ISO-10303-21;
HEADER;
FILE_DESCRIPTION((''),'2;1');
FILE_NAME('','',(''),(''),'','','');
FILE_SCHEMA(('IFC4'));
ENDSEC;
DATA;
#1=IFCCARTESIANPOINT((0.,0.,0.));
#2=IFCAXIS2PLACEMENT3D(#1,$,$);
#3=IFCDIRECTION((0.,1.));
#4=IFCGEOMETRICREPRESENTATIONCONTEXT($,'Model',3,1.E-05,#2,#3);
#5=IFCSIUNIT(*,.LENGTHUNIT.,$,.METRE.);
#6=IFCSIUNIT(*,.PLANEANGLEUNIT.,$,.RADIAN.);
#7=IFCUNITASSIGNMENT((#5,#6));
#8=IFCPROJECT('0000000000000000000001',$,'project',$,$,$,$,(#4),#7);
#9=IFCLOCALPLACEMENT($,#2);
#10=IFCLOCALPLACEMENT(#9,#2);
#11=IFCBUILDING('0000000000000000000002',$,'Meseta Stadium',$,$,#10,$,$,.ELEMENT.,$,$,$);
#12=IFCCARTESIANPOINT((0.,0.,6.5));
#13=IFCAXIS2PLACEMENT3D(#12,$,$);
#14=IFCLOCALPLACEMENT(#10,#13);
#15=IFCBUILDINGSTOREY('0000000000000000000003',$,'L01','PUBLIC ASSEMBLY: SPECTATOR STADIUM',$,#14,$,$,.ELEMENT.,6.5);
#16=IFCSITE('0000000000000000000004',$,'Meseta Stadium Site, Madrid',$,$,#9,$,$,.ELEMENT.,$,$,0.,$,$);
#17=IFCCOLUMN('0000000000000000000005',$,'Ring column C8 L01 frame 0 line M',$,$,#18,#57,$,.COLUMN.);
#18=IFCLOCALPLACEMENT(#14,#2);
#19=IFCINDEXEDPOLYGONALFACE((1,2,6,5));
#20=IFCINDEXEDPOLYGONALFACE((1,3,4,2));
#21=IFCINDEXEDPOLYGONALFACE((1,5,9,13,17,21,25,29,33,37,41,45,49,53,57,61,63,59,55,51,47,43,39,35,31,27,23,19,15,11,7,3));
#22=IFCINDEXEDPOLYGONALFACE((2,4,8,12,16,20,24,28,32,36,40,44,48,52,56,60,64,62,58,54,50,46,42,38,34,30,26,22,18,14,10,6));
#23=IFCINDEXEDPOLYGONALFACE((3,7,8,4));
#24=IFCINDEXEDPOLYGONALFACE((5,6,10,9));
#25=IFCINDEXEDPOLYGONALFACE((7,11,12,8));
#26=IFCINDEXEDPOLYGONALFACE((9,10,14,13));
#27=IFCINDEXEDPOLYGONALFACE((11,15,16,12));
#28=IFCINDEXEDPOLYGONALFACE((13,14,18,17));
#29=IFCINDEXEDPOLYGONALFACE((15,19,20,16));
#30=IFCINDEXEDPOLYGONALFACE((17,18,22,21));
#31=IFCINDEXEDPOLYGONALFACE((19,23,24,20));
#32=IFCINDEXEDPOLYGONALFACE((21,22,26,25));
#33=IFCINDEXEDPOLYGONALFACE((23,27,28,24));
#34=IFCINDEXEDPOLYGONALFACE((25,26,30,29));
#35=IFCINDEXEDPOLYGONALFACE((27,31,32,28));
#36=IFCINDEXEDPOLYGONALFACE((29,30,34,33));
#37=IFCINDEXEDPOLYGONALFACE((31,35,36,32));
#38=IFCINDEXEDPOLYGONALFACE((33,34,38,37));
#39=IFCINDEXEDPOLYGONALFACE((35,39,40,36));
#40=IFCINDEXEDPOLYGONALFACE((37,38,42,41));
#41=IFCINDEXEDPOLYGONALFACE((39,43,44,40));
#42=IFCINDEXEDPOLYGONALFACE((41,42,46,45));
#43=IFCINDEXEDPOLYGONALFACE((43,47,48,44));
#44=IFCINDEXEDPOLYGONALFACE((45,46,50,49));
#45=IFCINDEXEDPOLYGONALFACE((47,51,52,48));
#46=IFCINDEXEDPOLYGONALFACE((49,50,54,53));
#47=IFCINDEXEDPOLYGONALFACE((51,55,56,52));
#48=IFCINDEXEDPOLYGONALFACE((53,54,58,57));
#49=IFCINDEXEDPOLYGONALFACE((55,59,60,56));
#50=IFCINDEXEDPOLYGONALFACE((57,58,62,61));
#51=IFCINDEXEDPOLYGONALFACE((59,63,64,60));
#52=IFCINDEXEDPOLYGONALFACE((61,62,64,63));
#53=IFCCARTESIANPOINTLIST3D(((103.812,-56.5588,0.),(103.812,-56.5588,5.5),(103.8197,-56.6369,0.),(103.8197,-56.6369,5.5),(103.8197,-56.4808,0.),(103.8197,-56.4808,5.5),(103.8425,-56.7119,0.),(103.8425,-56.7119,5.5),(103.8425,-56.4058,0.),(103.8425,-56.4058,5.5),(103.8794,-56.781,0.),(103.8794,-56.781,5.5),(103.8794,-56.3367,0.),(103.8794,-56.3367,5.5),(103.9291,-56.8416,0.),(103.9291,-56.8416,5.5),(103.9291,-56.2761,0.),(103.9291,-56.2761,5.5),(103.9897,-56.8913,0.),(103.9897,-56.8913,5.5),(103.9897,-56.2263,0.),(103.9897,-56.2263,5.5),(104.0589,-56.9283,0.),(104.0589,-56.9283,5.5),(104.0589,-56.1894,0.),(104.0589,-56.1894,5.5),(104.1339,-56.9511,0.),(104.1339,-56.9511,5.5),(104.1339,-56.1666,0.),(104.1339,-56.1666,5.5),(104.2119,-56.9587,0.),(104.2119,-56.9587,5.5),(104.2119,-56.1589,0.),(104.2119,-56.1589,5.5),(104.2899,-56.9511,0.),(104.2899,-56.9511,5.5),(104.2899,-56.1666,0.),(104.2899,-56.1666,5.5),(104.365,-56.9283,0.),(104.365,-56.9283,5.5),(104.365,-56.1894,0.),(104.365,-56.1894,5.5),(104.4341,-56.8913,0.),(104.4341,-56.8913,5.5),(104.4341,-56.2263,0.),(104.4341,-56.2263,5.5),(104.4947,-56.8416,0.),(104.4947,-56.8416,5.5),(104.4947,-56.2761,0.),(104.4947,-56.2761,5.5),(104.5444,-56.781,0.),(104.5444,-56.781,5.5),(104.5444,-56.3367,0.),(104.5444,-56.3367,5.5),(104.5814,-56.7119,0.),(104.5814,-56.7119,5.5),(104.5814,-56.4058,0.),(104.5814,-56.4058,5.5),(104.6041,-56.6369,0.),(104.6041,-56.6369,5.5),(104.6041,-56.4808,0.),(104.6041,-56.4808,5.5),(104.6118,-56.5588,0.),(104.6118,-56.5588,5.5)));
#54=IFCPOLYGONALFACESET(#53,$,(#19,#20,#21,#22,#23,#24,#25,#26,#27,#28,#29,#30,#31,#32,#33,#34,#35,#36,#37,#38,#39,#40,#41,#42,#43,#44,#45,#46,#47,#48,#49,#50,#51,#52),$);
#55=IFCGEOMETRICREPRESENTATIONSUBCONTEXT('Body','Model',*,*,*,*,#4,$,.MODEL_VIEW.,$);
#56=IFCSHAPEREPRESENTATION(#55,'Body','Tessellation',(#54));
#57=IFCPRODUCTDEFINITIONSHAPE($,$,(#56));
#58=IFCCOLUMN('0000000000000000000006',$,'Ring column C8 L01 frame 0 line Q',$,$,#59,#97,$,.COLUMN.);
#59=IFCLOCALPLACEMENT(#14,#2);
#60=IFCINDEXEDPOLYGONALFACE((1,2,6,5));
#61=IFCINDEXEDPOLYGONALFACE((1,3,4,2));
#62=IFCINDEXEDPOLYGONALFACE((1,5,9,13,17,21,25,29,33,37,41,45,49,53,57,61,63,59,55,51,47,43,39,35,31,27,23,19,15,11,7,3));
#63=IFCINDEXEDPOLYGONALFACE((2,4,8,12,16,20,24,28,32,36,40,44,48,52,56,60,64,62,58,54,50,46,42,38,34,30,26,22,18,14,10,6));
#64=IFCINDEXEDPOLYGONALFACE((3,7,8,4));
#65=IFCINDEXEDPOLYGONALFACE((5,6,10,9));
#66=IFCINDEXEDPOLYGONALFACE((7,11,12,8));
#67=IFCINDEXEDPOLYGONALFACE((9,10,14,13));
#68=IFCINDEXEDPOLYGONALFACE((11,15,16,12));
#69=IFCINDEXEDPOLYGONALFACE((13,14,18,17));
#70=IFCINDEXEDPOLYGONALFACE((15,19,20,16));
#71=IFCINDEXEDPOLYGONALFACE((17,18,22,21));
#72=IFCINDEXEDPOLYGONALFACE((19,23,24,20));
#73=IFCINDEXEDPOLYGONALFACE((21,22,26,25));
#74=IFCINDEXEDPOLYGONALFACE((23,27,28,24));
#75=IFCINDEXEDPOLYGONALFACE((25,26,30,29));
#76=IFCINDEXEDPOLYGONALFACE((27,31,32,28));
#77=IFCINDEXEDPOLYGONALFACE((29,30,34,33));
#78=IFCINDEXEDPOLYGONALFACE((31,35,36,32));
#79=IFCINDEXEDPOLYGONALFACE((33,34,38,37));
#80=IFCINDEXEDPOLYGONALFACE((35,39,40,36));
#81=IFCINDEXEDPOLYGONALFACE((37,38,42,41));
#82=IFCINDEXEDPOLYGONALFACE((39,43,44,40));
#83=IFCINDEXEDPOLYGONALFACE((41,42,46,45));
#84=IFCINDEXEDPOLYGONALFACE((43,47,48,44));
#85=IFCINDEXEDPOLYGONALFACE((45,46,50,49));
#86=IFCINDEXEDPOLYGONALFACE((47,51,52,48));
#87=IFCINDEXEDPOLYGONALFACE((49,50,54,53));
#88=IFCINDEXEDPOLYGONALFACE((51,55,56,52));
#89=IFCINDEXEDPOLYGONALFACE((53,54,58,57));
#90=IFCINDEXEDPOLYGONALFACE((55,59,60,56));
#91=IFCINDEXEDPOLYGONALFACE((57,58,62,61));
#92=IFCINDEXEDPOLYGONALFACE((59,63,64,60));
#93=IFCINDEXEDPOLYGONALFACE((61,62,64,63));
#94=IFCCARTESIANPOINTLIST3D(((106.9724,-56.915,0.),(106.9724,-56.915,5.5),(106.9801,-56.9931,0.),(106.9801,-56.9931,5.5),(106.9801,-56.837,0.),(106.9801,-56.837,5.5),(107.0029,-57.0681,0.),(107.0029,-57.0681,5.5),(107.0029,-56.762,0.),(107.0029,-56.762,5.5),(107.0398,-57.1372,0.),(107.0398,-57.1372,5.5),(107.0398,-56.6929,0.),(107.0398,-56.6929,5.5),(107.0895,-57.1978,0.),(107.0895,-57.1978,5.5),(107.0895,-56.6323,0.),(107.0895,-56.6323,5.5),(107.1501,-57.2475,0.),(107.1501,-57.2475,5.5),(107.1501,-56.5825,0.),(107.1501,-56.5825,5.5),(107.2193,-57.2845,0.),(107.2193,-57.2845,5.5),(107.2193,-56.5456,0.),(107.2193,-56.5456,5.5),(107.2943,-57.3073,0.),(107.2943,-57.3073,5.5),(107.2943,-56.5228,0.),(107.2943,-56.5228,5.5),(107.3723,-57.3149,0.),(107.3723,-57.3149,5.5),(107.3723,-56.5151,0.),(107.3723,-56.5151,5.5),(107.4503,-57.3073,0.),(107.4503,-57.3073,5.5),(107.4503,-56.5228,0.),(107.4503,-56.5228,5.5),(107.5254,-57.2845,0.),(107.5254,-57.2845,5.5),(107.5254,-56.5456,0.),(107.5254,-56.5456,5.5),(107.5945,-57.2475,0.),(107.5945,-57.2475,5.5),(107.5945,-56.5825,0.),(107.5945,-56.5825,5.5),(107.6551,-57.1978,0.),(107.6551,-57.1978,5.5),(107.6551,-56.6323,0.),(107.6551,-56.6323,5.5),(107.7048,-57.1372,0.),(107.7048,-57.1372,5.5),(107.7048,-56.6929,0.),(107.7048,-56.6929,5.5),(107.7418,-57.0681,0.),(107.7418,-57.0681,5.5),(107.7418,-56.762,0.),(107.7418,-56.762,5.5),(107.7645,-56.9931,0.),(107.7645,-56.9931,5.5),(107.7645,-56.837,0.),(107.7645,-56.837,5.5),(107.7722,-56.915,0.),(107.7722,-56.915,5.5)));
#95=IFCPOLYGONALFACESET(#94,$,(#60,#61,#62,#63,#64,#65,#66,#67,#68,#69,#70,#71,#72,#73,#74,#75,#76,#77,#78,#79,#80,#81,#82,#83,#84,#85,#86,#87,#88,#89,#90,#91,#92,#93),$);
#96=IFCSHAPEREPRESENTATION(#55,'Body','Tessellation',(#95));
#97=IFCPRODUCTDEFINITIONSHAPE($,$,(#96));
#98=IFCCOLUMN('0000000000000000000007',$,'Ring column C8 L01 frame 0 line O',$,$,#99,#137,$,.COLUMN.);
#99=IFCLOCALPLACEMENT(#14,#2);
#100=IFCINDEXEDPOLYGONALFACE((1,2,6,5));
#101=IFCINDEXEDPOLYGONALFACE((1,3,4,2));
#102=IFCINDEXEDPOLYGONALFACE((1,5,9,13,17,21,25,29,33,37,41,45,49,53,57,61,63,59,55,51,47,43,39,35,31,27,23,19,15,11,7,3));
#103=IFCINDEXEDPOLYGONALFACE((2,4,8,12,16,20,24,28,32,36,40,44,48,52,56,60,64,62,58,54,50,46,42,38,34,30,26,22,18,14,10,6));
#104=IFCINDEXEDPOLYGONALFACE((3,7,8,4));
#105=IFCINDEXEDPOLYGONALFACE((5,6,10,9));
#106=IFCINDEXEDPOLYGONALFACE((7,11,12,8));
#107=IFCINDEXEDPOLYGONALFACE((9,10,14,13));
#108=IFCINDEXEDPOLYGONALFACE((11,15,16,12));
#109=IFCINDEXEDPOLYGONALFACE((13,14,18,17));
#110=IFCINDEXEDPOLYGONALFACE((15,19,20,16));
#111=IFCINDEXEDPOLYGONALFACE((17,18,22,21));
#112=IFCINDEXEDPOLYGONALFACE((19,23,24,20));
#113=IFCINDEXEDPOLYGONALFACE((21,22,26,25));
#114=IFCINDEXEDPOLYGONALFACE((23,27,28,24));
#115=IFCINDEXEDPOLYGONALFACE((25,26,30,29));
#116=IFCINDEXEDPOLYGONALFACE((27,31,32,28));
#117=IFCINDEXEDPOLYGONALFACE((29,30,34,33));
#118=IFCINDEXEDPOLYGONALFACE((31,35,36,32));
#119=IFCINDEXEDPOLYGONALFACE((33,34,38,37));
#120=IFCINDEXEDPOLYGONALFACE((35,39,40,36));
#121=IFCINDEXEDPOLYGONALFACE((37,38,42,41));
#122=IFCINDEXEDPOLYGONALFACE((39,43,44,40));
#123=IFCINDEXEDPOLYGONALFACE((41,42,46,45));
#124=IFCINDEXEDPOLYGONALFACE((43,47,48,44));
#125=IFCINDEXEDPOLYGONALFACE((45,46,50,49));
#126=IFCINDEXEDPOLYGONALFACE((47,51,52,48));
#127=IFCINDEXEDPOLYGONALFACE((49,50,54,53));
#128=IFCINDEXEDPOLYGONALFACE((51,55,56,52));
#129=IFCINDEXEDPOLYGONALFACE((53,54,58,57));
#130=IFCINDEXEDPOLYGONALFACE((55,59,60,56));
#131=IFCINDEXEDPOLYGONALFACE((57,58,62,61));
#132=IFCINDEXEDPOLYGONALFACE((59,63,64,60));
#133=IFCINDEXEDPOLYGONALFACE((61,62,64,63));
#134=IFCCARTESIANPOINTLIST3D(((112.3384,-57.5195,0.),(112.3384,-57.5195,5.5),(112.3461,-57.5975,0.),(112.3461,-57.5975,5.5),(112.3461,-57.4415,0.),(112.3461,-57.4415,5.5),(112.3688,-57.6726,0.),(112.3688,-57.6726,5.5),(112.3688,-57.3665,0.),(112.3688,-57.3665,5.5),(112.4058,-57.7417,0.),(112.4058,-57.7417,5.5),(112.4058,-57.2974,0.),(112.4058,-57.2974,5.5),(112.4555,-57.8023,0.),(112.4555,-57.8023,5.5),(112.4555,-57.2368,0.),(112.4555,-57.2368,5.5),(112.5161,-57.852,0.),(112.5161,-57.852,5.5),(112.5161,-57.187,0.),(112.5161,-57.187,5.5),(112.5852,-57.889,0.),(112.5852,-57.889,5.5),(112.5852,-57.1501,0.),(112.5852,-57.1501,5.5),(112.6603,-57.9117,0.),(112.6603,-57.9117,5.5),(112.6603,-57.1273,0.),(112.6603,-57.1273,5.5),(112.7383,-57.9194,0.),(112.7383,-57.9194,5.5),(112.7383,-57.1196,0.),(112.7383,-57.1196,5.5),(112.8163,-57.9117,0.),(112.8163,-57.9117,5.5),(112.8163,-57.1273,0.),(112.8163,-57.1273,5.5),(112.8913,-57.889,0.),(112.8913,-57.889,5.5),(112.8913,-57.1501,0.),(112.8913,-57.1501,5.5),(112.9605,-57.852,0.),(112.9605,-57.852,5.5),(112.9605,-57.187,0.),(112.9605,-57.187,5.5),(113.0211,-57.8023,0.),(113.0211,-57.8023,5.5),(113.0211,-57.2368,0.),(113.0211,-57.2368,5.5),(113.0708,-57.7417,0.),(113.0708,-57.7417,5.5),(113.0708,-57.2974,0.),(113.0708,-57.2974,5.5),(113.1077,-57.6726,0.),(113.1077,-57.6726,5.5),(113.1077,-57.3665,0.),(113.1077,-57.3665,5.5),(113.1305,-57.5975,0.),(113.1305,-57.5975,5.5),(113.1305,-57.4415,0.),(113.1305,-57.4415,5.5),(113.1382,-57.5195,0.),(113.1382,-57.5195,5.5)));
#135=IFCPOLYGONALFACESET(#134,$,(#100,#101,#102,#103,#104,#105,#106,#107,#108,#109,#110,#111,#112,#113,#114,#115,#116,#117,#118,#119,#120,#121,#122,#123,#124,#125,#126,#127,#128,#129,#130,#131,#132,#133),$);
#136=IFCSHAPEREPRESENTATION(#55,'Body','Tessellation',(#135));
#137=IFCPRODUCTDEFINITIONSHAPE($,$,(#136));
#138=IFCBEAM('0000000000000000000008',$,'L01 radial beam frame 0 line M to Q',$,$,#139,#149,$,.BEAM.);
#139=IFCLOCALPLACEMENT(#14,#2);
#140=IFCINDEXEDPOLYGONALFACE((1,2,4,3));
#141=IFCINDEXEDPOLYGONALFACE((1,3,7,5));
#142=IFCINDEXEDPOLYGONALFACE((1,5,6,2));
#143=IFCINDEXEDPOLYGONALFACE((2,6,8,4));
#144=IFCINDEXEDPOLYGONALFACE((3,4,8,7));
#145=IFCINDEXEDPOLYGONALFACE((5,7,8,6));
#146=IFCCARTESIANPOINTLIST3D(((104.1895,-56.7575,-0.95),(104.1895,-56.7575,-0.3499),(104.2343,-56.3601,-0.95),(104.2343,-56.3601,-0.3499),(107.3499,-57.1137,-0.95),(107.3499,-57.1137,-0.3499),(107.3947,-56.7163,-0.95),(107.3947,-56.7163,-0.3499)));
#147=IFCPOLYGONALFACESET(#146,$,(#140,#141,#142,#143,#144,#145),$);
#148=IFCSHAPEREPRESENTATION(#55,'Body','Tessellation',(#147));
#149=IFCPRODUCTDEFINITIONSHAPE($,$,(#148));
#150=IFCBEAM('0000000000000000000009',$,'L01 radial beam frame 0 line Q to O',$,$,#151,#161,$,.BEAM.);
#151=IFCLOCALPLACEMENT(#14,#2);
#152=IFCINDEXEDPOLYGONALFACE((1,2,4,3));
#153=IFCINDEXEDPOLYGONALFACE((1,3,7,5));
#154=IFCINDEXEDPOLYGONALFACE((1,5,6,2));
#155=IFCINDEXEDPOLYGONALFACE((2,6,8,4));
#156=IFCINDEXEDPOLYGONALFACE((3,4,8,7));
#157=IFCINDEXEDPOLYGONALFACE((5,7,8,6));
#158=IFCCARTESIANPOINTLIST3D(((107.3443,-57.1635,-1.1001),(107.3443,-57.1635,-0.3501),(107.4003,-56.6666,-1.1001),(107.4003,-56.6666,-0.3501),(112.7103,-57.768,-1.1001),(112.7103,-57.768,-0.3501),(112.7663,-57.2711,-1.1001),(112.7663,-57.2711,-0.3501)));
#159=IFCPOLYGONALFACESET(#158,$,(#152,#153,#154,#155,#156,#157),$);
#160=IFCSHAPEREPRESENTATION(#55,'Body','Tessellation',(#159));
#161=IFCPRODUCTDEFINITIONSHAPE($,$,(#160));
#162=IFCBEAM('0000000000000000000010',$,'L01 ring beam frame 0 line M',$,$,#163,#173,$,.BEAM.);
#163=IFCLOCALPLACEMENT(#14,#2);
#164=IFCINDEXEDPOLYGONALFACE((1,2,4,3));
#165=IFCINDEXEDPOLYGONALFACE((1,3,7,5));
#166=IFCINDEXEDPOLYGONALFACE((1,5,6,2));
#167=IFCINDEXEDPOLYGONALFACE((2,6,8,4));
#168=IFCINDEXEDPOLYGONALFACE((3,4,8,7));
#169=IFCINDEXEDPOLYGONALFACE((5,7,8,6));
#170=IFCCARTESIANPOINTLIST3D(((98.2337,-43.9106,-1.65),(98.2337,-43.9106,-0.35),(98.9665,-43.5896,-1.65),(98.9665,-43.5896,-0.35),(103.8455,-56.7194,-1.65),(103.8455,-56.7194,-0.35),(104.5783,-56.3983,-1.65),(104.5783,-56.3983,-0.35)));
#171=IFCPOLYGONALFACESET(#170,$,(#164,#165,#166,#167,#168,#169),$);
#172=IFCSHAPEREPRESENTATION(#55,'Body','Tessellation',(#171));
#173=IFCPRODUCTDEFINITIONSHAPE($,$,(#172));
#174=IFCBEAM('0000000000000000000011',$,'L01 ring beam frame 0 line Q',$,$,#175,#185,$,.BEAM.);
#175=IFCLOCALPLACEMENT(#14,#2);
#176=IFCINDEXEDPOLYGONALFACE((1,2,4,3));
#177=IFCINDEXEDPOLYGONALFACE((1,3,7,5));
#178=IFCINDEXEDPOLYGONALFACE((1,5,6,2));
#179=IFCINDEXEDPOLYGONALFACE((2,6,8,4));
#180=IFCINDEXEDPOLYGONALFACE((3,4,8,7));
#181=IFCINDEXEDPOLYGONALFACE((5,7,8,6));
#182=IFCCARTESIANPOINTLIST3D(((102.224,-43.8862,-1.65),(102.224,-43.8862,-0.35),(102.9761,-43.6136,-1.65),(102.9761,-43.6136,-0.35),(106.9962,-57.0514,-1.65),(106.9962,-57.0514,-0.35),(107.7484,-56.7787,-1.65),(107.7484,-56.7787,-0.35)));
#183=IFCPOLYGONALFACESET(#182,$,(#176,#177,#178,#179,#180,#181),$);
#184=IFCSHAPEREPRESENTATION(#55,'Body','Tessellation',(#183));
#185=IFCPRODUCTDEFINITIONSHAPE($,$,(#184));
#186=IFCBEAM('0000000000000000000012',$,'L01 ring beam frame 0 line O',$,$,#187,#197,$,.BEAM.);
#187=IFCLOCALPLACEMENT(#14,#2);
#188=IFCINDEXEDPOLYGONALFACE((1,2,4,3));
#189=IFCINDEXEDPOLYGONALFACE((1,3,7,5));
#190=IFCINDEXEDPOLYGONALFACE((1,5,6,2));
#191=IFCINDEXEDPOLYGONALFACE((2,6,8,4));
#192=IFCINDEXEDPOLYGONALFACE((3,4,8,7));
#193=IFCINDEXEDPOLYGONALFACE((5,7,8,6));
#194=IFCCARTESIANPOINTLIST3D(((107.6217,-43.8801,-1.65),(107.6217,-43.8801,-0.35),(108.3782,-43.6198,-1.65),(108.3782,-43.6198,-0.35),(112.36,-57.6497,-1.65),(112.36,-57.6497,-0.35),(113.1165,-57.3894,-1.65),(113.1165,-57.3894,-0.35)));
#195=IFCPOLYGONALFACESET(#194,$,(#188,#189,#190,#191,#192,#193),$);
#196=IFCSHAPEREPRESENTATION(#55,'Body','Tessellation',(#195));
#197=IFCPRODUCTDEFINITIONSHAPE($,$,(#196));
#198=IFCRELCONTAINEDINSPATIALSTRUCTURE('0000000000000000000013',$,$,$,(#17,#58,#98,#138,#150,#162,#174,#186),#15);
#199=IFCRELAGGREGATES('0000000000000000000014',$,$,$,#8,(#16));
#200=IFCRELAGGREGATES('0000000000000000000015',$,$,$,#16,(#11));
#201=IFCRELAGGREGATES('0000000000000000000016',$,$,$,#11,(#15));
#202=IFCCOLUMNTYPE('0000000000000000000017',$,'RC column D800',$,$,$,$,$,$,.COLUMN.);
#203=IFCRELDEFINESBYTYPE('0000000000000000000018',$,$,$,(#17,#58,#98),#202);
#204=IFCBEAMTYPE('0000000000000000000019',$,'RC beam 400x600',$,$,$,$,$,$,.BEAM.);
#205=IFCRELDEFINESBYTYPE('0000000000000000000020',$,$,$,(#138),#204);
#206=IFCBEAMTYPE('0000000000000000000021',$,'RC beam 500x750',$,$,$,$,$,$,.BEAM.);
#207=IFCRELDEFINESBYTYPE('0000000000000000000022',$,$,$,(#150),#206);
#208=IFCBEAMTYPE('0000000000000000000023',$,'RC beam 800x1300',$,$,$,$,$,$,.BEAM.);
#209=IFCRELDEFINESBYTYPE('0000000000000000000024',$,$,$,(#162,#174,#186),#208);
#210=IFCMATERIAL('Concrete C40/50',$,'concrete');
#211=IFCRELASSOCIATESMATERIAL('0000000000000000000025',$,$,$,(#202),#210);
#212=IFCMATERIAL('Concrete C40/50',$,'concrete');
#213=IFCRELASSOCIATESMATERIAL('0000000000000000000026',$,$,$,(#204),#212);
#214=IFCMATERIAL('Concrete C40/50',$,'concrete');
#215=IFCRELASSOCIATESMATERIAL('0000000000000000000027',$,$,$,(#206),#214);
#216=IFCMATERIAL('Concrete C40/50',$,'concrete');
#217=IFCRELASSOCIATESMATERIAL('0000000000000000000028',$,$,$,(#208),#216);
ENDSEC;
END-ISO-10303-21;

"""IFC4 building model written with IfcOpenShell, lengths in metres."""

from ifc_helpers import new_model, si_unit, direction, frame, origin, origin_2d, place, context, subcontext, project, spatial, rectangle, circle, extrude, material, material_profile, profile_set, type_object, element, save


model = new_model("IFC4")

# Units and contexts
model_context = context("Model", 3, precision=1e-05, world=origin(), true_north=direction((0.0, 1.0)))
body_context = subcontext(model_context, "Body", "Model", "MODEL_VIEW")
ifc_project = project(units=[si_unit("LENGTHUNIT", "METRE"), si_unit("PLANEANGLEUNIT", "RADIAN")], contexts=[model_context])

# Site, building, storey
site_placement = place(None, origin())
site = spatial("IfcSite", under=ifc_project, at=site_placement, Name="Meseta Stadium Site, Madrid", CompositionType="ELEMENT", RefElevation=0.0)
building_placement = place(site_placement, origin())
building = spatial("IfcBuilding", under=site, at=building_placement, Name="Meseta Stadium", CompositionType="ELEMENT")
storey_placement = place(building_placement, frame((0.0, 0.0, 6.5)))
storey = spatial("IfcBuildingStorey", under=building, at=storey_placement, Name="L01", Description="PUBLIC ASSEMBLY: SPECTATOR STADIUM", CompositionType="ELEMENT", Elevation=6.5)

# Columns
ifc_material_1 = material(Name="Concrete C40/50", Category="concrete")
ifc_material_profile_1 = material_profile(ifc_material_1, circle(Radius=0.3999, at=origin_2d()), Name="RC D800")
ifc_profile_set_1 = profile_set([ifc_material_profile_1], Name="Concrete C40/50")
column_type = type_object("IfcColumnType", Name="RC column D800", PredefinedType="COLUMN", material=ifc_profile_set_1)
for number, where, z_axis, x_axis, name in (
    (1, (104.2119, -56.5588, 0.0), (0.0, 0.0, 1.0), (1.0, 0.0, 0.0), "Ring column C8 L01 frame 0 line M"),
    (2, (107.3723, -56.915, 0.0), (0.0, 0.0, 1.0), (1.0, 0.0, 0.0), "Ring column C8 L01 frame 0 line Q"),
    (3, (112.7383, -57.5195, 0.0), (0.0, 0.0, 1.0), (1.0, 0.0, 0.0), "Ring column C8 L01 frame 0 line O"),
):
    element("IfcColumn", number, at=place(storey_placement, frame(where, z_axis=z_axis, x_axis=x_axis)), inside=storey, type_object=column_type, Name=name, PredefinedType="COLUMN", context=body_context, shape_type="SweptSolid", body=[
        extrude(circle(Radius=0.3999, at=origin_2d()), origin(), (0.0, 0.0, 1.0), 5.5),
    ])

# Beams
ifc_material_2 = material(Name="Concrete C40/50", Category="concrete")
ifc_material_profile_2 = material_profile(ifc_material_2, rectangle(XDim=0.3999, YDim=0.6001, at=origin_2d()), Name="RC 400x600")
ifc_profile_set_2 = profile_set([ifc_material_profile_2], Name="Concrete C40/50")
beam_type_1 = type_object("IfcBeamType", Name="RC beam 400x600", PredefinedType="BEAM", material=ifc_profile_set_2)
beam_1_placement = place(storey_placement, frame((104.2119, -56.5588, -0.6499), z_axis=(0.993708, -0.111998, 0.0), x_axis=(0.111998, 0.993708, 0.0)))
element("IfcBeam", 4, at=beam_1_placement, inside=storey, type_object=beam_type_1, Name="L01 radial beam frame 0 line M to Q", PredefinedType="BEAM", context=body_context, shape_type="SweptSolid", body=[
    extrude(rectangle(XDim=0.3999, YDim=0.6001, at=origin_2d()), origin(), (0.0, 0.0, 1.0), 3.1804),
])
ifc_material_3 = material(Name="Concrete C40/50", Category="concrete")
ifc_material_profile_3 = material_profile(ifc_material_3, rectangle(XDim=0.5, YDim=0.75, at=origin_2d()), Name="RC 500x750")
ifc_profile_set_3 = profile_set([ifc_material_profile_3], Name="Concrete C40/50")
beam_type_2 = type_object("IfcBeamType", Name="RC beam 500x750", PredefinedType="BEAM", material=ifc_profile_set_3)
beam_2_placement = place(storey_placement, frame((107.3723, -56.915, -0.7251), z_axis=(0.993714, -0.111945, 0.0), x_axis=(0.111945, 0.993714, 0.0)))
element("IfcBeam", 5, at=beam_2_placement, inside=storey, type_object=beam_type_2, Name="L01 radial beam frame 0 line Q to O", PredefinedType="BEAM", context=body_context, shape_type="SweptSolid", body=[
    extrude(rectangle(XDim=0.5, YDim=0.75, at=origin_2d()), origin(), (0.0, 0.0, 1.0), 5.3999),
])
ifc_material_4 = material(Name="Concrete C40/50", Category="concrete")
ifc_material_profile_4 = material_profile(ifc_material_4, rectangle(XDim=0.8, YDim=1.3, at=origin_2d()), Name="RC 800x1300")
ifc_profile_set_4 = profile_set([ifc_material_profile_4], Name="Concrete C40/50")
beam_type_3 = type_object("IfcBeamType", Name="RC beam 800x1300", PredefinedType="BEAM", material=ifc_profile_set_4)
beam_3_placement = place(storey_placement, frame((104.2119, -56.5588, -1.0), z_axis=(-0.401296, 0.915948, 0.0), x_axis=(-0.915948, -0.401296, 0.0)))
element("IfcBeam", 6, at=beam_3_placement, inside=storey, type_object=beam_type_3, Name="L01 ring beam frame 0 line M", PredefinedType="BEAM", context=body_context, shape_type="SweptSolid", body=[
    extrude(rectangle(XDim=0.8, YDim=1.3, at=origin_2d()), origin(), (0.0, 0.0, 1.0), 13.9841),
])
beam_4_placement = place(storey_placement, frame((107.3723, -56.915, -1.0), z_axis=(-0.340792, 0.940139, 0.0), x_axis=(-0.940139, -0.340792, 0.0)))
element("IfcBeam", 7, at=beam_4_placement, inside=storey, type_object=beam_type_3, Name="L01 ring beam frame 0 line Q", PredefinedType="BEAM", context=body_context, shape_type="SweptSolid", body=[
    extrude(rectangle(XDim=0.8, YDim=1.3, at=origin_2d()), origin(), (0.0, 0.0, 1.0), 14.0034),
])
beam_5_placement = place(storey_placement, frame((112.7383, -57.5195, -1.0), z_axis=(-0.325387, 0.945581, 0.0), x_axis=(-0.945581, -0.325387, 0.0)))
element("IfcBeam", 8, at=beam_5_placement, inside=storey, type_object=beam_type_3, Name="L01 ring beam frame 0 line O", PredefinedType="BEAM", context=body_context, shape_type="SweptSolid", body=[
    extrude(rectangle(XDim=0.8, YDim=1.3, at=origin_2d()), origin(), (0.0, 0.0, 1.0), 14.562),
])

save(model, "model.ifc")
